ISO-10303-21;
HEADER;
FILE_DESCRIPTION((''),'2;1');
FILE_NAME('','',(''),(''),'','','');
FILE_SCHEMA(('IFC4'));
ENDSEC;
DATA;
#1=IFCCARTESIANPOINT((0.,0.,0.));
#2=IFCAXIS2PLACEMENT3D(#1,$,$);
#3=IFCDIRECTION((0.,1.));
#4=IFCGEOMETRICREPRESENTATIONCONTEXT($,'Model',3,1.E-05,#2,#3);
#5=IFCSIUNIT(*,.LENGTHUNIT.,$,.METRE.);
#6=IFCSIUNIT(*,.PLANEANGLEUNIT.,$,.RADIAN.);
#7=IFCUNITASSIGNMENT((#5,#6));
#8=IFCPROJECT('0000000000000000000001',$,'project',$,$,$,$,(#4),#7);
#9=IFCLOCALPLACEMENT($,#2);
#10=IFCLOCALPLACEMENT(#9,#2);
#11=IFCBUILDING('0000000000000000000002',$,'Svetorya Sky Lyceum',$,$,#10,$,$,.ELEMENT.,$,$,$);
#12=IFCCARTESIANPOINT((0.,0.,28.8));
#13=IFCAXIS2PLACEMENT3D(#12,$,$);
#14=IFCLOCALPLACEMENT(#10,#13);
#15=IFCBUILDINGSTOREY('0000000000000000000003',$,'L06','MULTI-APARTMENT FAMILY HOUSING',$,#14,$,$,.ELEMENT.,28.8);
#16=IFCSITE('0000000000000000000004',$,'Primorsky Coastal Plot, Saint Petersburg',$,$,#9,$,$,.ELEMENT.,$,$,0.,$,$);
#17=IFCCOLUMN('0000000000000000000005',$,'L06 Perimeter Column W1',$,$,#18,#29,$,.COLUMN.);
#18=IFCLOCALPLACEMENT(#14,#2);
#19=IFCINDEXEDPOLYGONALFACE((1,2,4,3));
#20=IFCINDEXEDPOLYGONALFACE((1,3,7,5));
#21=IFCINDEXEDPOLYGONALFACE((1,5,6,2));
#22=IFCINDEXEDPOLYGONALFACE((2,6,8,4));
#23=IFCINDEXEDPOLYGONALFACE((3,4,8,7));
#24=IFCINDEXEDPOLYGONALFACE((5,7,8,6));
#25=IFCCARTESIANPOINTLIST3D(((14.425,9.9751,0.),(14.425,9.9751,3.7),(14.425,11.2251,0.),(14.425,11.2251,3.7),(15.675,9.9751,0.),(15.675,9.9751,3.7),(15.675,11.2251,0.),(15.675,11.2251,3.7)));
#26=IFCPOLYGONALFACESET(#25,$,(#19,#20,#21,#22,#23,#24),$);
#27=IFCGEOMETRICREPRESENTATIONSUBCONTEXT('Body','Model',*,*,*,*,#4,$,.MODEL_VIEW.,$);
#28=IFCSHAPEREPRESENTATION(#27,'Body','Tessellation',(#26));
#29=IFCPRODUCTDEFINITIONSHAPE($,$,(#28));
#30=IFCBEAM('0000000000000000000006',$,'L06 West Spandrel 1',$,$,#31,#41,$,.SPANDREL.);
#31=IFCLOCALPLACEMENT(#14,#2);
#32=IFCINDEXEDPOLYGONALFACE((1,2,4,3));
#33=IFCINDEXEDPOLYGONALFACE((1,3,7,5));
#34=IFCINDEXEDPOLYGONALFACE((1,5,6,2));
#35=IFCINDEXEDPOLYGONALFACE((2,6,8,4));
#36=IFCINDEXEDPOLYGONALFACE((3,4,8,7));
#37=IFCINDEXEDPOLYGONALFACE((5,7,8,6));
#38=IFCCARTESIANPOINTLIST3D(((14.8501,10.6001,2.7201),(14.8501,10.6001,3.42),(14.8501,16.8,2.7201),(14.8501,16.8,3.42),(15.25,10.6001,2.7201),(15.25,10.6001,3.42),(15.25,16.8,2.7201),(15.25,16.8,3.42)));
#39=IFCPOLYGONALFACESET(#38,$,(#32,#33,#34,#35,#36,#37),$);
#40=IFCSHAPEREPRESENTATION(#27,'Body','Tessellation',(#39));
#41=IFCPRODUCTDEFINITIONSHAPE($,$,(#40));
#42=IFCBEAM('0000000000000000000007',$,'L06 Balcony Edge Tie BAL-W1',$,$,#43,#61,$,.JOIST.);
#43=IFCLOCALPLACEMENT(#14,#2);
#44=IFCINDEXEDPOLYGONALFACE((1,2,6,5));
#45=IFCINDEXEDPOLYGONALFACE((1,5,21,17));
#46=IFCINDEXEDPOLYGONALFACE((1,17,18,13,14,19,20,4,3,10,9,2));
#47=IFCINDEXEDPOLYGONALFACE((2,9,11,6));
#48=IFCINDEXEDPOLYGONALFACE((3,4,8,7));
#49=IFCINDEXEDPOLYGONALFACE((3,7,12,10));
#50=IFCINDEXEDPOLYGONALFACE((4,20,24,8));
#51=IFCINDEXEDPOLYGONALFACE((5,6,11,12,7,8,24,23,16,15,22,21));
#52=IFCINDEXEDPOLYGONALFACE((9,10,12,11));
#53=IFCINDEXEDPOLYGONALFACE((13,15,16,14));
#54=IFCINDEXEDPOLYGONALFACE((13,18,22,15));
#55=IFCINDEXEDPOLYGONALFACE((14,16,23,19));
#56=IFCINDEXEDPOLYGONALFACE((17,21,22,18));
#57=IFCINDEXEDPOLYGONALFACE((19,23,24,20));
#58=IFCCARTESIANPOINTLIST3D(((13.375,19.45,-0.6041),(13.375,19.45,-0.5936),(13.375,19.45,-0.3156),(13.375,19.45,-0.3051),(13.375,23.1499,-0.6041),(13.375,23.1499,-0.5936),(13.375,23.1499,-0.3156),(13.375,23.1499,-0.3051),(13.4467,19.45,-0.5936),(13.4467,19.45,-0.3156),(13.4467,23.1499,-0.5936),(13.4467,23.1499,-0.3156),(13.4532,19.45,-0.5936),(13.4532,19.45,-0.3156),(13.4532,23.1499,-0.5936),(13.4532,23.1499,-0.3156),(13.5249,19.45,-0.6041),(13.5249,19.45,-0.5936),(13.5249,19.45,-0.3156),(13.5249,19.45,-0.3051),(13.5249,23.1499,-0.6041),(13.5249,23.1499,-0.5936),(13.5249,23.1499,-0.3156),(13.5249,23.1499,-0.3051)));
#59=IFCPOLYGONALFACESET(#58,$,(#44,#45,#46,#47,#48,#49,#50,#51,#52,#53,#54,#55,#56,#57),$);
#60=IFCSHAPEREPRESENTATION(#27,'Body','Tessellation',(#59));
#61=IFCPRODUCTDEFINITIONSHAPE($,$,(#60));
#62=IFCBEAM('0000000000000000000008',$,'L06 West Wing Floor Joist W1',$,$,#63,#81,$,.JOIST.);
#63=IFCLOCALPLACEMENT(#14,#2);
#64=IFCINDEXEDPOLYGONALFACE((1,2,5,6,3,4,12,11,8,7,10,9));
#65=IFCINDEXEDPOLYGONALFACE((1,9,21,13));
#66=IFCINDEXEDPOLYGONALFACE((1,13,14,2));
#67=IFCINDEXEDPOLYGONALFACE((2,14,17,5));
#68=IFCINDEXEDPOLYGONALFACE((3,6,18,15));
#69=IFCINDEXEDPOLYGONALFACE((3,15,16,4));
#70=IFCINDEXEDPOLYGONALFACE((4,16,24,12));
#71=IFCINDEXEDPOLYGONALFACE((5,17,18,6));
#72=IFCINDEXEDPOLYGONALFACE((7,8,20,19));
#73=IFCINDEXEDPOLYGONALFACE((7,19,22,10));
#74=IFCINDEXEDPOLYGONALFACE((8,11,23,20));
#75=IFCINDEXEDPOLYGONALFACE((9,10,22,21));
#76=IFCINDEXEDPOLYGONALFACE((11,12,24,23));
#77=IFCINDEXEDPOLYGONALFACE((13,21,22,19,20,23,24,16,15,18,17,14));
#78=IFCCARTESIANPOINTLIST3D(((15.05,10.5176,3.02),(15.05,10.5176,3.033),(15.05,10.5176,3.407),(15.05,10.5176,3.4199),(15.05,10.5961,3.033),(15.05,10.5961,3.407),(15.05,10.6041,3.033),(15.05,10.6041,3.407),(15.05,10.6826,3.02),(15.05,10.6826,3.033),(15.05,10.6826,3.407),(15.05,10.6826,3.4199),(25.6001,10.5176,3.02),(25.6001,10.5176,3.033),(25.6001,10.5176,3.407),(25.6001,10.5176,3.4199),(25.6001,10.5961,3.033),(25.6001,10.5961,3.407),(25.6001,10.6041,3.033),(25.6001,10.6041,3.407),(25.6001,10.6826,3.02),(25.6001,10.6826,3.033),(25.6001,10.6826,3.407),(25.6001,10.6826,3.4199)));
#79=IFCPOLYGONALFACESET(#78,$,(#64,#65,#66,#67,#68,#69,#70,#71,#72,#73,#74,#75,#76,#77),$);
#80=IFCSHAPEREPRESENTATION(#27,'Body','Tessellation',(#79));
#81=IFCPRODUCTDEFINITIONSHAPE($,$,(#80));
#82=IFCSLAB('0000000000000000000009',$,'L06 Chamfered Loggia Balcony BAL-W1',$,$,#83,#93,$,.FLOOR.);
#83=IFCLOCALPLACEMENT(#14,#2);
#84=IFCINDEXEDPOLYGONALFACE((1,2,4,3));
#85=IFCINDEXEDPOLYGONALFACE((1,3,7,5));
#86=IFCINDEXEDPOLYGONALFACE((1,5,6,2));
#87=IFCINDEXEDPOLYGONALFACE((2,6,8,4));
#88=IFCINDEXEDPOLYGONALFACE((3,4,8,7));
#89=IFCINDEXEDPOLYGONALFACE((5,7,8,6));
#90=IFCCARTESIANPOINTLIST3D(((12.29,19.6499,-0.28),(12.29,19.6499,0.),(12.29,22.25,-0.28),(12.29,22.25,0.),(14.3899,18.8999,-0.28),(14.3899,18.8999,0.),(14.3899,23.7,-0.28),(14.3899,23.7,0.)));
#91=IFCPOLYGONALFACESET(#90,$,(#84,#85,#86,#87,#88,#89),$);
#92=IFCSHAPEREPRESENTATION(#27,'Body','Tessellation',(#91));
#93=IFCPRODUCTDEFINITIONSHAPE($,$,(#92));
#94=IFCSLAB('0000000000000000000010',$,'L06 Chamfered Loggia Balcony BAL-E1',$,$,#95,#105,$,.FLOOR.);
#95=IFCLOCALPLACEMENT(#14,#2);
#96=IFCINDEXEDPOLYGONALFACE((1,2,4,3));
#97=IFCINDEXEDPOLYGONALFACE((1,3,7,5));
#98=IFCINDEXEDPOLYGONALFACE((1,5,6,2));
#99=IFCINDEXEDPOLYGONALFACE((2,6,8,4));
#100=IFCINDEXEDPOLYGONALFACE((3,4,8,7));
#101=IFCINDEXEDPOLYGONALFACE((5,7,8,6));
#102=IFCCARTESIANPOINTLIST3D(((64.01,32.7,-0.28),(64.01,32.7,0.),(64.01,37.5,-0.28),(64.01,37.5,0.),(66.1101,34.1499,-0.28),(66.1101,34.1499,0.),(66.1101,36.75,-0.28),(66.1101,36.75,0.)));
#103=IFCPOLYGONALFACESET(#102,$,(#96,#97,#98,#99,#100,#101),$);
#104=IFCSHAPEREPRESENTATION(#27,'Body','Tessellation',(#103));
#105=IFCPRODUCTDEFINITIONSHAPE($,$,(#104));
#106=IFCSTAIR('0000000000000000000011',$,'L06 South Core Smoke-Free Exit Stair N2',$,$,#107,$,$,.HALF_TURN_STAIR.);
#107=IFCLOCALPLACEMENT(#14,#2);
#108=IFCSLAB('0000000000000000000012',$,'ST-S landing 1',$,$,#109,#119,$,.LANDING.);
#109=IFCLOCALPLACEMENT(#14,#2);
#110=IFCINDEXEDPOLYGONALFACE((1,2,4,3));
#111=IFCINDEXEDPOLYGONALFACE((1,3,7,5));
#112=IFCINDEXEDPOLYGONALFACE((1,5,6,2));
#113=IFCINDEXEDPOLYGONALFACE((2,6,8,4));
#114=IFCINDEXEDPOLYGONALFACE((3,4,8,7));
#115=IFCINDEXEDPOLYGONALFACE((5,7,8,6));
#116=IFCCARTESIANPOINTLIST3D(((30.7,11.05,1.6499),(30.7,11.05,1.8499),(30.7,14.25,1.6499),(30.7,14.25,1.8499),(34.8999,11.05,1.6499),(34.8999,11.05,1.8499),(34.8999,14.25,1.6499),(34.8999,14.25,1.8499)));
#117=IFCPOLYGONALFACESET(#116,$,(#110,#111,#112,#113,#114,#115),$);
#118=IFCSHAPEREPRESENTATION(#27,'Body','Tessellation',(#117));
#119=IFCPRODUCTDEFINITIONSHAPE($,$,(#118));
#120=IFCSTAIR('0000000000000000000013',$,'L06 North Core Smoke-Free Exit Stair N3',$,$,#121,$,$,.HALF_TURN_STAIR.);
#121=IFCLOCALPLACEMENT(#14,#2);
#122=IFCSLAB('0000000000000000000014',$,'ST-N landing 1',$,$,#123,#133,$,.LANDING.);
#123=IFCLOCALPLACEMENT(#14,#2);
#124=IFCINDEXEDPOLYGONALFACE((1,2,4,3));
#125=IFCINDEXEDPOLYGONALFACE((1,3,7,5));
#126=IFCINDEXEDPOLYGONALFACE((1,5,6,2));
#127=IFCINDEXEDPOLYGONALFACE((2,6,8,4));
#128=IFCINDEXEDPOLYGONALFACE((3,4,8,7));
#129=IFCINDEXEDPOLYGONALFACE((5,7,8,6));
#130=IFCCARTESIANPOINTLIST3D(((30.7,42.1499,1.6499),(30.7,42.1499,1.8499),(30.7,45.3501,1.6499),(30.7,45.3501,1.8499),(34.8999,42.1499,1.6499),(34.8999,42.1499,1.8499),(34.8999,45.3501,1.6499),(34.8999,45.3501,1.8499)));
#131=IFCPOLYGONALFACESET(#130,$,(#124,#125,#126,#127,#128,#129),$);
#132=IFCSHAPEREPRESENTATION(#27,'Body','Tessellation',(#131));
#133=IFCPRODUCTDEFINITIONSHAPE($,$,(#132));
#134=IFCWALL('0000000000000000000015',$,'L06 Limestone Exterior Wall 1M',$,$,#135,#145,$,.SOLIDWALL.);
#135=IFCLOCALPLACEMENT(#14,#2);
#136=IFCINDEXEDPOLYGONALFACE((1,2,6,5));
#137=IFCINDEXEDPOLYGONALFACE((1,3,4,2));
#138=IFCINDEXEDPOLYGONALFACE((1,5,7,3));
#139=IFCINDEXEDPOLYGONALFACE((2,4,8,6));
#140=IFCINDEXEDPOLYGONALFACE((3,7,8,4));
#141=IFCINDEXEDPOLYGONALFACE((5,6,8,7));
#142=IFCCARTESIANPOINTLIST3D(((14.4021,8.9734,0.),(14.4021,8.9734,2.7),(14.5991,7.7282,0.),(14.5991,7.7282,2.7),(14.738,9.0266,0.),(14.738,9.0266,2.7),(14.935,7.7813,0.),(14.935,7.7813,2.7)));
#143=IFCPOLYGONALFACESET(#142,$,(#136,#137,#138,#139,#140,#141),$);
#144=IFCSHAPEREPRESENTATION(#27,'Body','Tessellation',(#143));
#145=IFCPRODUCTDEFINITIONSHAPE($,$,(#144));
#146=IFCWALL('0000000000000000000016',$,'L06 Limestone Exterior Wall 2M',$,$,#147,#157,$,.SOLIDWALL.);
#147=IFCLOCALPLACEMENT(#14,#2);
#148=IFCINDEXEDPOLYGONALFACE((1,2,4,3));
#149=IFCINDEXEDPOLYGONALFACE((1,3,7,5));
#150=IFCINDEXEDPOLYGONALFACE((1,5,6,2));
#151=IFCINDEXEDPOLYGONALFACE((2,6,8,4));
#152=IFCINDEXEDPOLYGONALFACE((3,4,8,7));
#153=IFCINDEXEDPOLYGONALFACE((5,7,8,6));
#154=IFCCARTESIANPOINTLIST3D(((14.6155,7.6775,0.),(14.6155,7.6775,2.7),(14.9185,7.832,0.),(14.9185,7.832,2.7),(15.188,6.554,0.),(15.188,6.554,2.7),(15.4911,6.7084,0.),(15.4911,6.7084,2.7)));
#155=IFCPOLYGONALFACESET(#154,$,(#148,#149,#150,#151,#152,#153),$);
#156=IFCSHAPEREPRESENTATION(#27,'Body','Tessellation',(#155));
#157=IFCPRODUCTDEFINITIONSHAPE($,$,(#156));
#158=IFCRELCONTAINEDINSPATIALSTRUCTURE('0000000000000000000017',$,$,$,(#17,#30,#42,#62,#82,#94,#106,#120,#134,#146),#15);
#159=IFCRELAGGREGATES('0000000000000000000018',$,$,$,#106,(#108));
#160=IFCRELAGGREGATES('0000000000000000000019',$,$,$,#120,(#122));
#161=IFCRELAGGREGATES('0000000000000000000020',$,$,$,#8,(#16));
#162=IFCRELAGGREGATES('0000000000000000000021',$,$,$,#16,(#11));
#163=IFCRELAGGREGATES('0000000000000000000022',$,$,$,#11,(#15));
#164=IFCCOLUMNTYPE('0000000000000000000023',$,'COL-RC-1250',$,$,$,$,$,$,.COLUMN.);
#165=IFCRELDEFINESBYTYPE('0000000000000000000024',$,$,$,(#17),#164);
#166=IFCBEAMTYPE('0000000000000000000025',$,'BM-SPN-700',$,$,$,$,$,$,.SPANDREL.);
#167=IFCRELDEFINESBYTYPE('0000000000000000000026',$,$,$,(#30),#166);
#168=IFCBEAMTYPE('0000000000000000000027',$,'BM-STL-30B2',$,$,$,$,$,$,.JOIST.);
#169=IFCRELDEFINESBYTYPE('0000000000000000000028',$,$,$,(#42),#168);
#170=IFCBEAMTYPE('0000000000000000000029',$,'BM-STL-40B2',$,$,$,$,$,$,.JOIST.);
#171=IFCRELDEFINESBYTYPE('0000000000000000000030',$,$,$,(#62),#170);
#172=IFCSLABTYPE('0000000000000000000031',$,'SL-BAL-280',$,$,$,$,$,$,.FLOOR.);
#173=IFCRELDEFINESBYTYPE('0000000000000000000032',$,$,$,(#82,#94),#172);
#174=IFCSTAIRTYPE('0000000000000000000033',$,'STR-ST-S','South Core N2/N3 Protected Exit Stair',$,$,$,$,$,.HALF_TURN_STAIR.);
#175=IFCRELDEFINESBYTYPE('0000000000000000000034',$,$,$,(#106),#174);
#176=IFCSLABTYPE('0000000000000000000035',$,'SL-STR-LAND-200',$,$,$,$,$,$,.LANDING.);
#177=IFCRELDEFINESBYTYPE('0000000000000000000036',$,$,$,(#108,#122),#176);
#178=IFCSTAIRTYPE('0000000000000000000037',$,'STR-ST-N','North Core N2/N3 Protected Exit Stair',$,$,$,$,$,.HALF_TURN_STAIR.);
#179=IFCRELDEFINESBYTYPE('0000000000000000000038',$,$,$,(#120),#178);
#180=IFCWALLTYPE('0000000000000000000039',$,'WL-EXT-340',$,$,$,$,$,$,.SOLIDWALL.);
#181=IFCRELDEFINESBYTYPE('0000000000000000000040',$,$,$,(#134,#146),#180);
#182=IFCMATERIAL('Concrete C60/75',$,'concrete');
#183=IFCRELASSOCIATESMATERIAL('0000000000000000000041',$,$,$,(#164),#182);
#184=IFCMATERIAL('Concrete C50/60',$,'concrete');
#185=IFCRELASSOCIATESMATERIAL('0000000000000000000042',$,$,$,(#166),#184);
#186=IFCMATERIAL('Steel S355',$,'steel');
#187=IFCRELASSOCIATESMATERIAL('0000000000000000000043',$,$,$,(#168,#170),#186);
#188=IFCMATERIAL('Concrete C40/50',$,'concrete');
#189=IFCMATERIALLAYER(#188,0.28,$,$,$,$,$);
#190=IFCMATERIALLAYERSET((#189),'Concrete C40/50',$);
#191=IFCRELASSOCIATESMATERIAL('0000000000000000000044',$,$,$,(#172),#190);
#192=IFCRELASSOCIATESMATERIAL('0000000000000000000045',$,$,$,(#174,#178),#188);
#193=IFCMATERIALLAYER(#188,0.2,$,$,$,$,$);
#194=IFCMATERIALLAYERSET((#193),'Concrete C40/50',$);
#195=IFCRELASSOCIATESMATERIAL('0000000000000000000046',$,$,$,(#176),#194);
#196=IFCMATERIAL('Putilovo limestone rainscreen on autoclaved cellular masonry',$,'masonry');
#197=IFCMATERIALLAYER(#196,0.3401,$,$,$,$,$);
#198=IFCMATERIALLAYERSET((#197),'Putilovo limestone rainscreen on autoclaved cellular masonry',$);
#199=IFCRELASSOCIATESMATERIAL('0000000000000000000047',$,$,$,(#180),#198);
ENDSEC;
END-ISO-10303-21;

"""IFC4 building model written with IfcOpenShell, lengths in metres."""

from ifc_helpers import new_model, si_unit, direction, frame, frame_2d, origin, origin_2d, place, context, subcontext, project, spatial, polyline, rectangle, i_section, outline, extrude, material, layer, layer_set, material_profile, profile_set, type_object, element, aggregate, save


model = new_model("IFC4")

# Units and contexts
model_context = context("Model", 3, precision=1e-05, world=origin(), true_north=direction((0.0, 1.0)))
body_context = subcontext(model_context, "Body", "Model", "MODEL_VIEW")
ifc_project = project(units=[si_unit("LENGTHUNIT", "METRE"), si_unit("PLANEANGLEUNIT", "RADIAN")], contexts=[model_context])

# Site, building, storey
site_placement = place(None, origin())
site = spatial("IfcSite", under=ifc_project, at=site_placement, Name="Primorsky Coastal Plot, Saint Petersburg", CompositionType="ELEMENT", RefElevation=0.0)
building_placement = place(site_placement, origin())
building = spatial("IfcBuilding", under=site, at=building_placement, Name="Svetorya Sky Lyceum", CompositionType="ELEMENT")
storey_placement = place(building_placement, frame((0.0, 0.0, 28.8)))
storey = spatial("IfcBuildingStorey", under=building, at=storey_placement, Name="L06", Description="MULTI-APARTMENT FAMILY HOUSING", CompositionType="ELEMENT", Elevation=28.8)

# Column
ifc_material_1 = material(Name="Concrete C60/75", Category="concrete")
ifc_material_profile_1 = material_profile(ifc_material_1, rectangle(XDim=1.25, YDim=1.25, at=origin_2d()), Name="RC COL 1250x1250")
ifc_profile_set_1 = profile_set([ifc_material_profile_1], Name="Concrete C60/75")
column_type = type_object("IfcColumnType", Name="COL-RC-1250", PredefinedType="COLUMN", material=ifc_profile_set_1)
column_placement = place(storey_placement, frame((15.05, 10.6001, 0.0), z_axis=(0.0, 0.0, 1.0), x_axis=(1.0, 0.0, 0.0)))
element("IfcColumn", 1, at=column_placement, inside=storey, type_object=column_type, Name="L06 Perimeter Column W1", PredefinedType="COLUMN", context=body_context, shape_type="SweptSolid", body=[
    extrude(rectangle(XDim=1.25, YDim=1.25, at=origin_2d()), origin(), (0.0, 0.0, 1.0), 3.7),
])

# Beams
ifc_material_2 = material(Name="Concrete C50/60", Category="concrete")
ifc_material_profile_2 = material_profile(ifc_material_2, rectangle(XDim=0.3999, YDim=0.7, at=origin_2d()), Name="RC SPANDREL 400x700")
ifc_profile_set_2 = profile_set([ifc_material_profile_2], Name="Concrete C50/60")
beam_type_1 = type_object("IfcBeamType", Name="BM-SPN-700", PredefinedType="SPANDREL", material=ifc_profile_set_2)
beam_1_placement = place(storey_placement, frame((15.05, 10.6001, 3.0701), z_axis=(0.0, 1.0, 0.0), x_axis=(-1.0, 0.0, 0.0)))
element("IfcBeam", 2, at=beam_1_placement, inside=storey, type_object=beam_type_1, Name="L06 West Spandrel 1", PredefinedType="SPANDREL", context=body_context, shape_type="SweptSolid", body=[
    extrude(rectangle(XDim=0.3999, YDim=0.7, at=origin_2d()), origin(), (0.0, 0.0, 1.0), 6.2),
])
ifc_material_3 = material(Name="Steel S355", Category="steel")
ifc_material_profile_3 = material_profile(ifc_material_3, i_section(OverallWidth=0.1499, OverallDepth=0.2991, WebThickness=0.0066, FlangeThickness=0.0105, at=origin_2d()), Name="GOST 30B2")
ifc_profile_set_3 = profile_set([ifc_material_profile_3], Name="Steel S355")
beam_type_2 = type_object("IfcBeamType", Name="BM-STL-30B2", PredefinedType="JOIST", material=ifc_profile_set_3)
beam_2_placement = place(storey_placement, frame((13.45, 19.45, -0.4546), z_axis=(0.0, 1.0, 0.0), x_axis=(-1.0, 0.0, 0.0)))
element("IfcBeam", 3, at=beam_2_placement, inside=storey, type_object=beam_type_2, Name="L06 Balcony Edge Tie BAL-W1", PredefinedType="JOIST", context=body_context, shape_type="SweptSolid", body=[
    extrude(i_section(OverallWidth=0.1499, OverallDepth=0.2991, WebThickness=0.0066, FlangeThickness=0.0105, at=origin_2d()), origin(), (0.0, 0.0, 1.0), 3.7),
])
ifc_material_profile_4 = material_profile(ifc_material_3, i_section(OverallWidth=0.165, OverallDepth=0.3999, WebThickness=0.0081, FlangeThickness=0.0129, at=origin_2d()), Name="GOST 40B2")
ifc_profile_set_4 = profile_set([ifc_material_profile_4], Name="Steel S355")
beam_type_3 = type_object("IfcBeamType", Name="BM-STL-40B2", PredefinedType="JOIST", material=ifc_profile_set_4)
beam_3_placement = place(storey_placement, frame((15.05, 10.6001, 3.22), z_axis=(1.0, 0.0, 0.0), x_axis=(0.0, 1.0, 0.0)))
element("IfcBeam", 4, at=beam_3_placement, inside=storey, type_object=beam_type_3, Name="L06 West Wing Floor Joist W1", PredefinedType="JOIST", context=body_context, shape_type="SweptSolid", body=[
    extrude(i_section(OverallWidth=0.165, OverallDepth=0.3999, WebThickness=0.0081, FlangeThickness=0.0129, at=origin_2d()), origin(), (0.0, 0.0, 1.0), 10.55),
])

# Slabs
ifc_material_4 = material(Name="Concrete C40/50", Category="concrete")
ifc_layer_1 = layer(ifc_material_4, 0.28)
ifc_layer_set_1 = layer_set([ifc_layer_1], Name="Concrete C40/50")
slab_type_1 = type_object("IfcSlabType", Name="SL-BAL-280", PredefinedType="FLOOR", material=ifc_layer_set_1)
slab_1_placement = place(storey_placement, frame((0.0, 0.0, -0.28)))
element("IfcSlab", 5, at=slab_1_placement, inside=storey, type_object=slab_type_1, Name="L06 Chamfered Loggia Balcony BAL-W1", PredefinedType="FLOOR", context=body_context, shape_type="SweptSolid", body=[
    extrude(outline(polyline([(14.3899, 18.8999), (14.3899, 23.7), (12.29, 22.25), (12.29, 19.6499), (14.3899, 18.8999)])), origin(), (0.0, 0.0, 1.0), 0.28),
])
slab_2_placement = place(storey_placement, frame((0.0, 0.0, -0.28)))
element("IfcSlab", 6, at=slab_2_placement, inside=storey, type_object=slab_type_1, Name="L06 Chamfered Loggia Balcony BAL-E1", PredefinedType="FLOOR", context=body_context, shape_type="SweptSolid", body=[
    extrude(outline(polyline([(64.01, 32.7), (66.1101, 34.1499), (66.1101, 36.75), (64.01, 37.5), (64.01, 32.7)])), origin(), (0.0, 0.0, 1.0), 0.28),
])

# Stairs, slabs
stair_type_1 = type_object("IfcStairType", Name="STR-ST-S", Description="South Core N2/N3 Protected Exit Stair", PredefinedType="HALF_TURN_STAIR", material=ifc_material_4)
stair_1_placement = place(storey_placement, origin())
stair_1 = element("IfcStair", 7, at=stair_1_placement, inside=storey, type_object=stair_type_1, Name="L06 South Core Smoke-Free Exit Stair N2", PredefinedType="HALF_TURN_STAIR")
ifc_layer_2 = layer(ifc_material_4, 0.2)
ifc_layer_set_2 = layer_set([ifc_layer_2], Name="Concrete C40/50")
slab_type_2 = type_object("IfcSlabType", Name="SL-STR-LAND-200", PredefinedType="LANDING", material=ifc_layer_set_2)
slab_3_placement = place(storey_placement, frame((0.0, 0.0, 1.6499)))
slab_3 = element("IfcSlab", 8, at=slab_3_placement, type_object=slab_type_2, Name="ST-S landing 1", PredefinedType="LANDING", context=body_context, shape_type="SweptSolid", body=[
    extrude(outline(polyline([(30.7, 11.05), (34.8999, 11.05), (34.8999, 14.25), (30.7, 14.25), (30.7, 11.05)])), origin(), (0.0, 0.0, 1.0), 0.2),
])
aggregate(stair_1, [slab_3])
stair_type_2 = type_object("IfcStairType", Name="STR-ST-N", Description="North Core N2/N3 Protected Exit Stair", PredefinedType="HALF_TURN_STAIR", material=ifc_material_4)
stair_2_placement = place(storey_placement, origin())
stair_2 = element("IfcStair", 9, at=stair_2_placement, inside=storey, type_object=stair_type_2, Name="L06 North Core Smoke-Free Exit Stair N3", PredefinedType="HALF_TURN_STAIR")
slab_4_placement = place(storey_placement, frame((0.0, 0.0, 1.6499)))
slab_4 = element("IfcSlab", 10, at=slab_4_placement, type_object=slab_type_2, Name="ST-N landing 1", PredefinedType="LANDING", context=body_context, shape_type="SweptSolid", body=[
    extrude(outline(polyline([(30.7, 42.1499), (34.8999, 42.1499), (34.8999, 45.3501), (30.7, 45.3501), (30.7, 42.1499)])), origin(), (0.0, 0.0, 1.0), 0.2),
])
aggregate(stair_2, [slab_4])

# Walls
ifc_material_5 = material(Name="Putilovo limestone rainscreen on autoclaved cellular masonry", Category="masonry")
ifc_layer_3 = layer(ifc_material_5, 0.3401)
ifc_layer_set_3 = layer_set([ifc_layer_3], Name="Putilovo limestone rainscreen on autoclaved cellular masonry")
wall_type_1 = type_object("IfcWallType", Name="WL-EXT-340", PredefinedType="SOLIDWALL", material=ifc_layer_set_3)
wall_1_placement = place(storey_placement, frame((14.5701, 9.0, 0.0), z_axis=(0.0, 0.0, 1.0), x_axis=(0.156261, -0.987716, 0.0)))
element("IfcWall", 11, at=wall_1_placement, inside=storey, type_object=wall_type_1, Name="L06 Limestone Exterior Wall 1M", PredefinedType="SOLIDWALL", context=body_context, shape_type="SweptSolid", body=[
    extrude(rectangle(XDim=1.2607, YDim=0.3401, at=frame_2d((0.6304, 0.0))), origin(), (0.0, 0.0, 1.0), 2.7),
])
wall_2_placement = place(storey_placement, frame((14.7671, 7.7546, 0.0), z_axis=(0.0, 0.0, 1.0), x_axis=(0.454016, -0.890994, 0.0)))
element("IfcWall", 12, at=wall_2_placement, inside=storey, type_object=wall_type_1, Name="L06 Limestone Exterior Wall 2M", PredefinedType="SOLIDWALL", context=body_context, shape_type="SweptSolid", body=[
    extrude(rectangle(XDim=1.261, YDim=0.3401, at=frame_2d((0.6304, 0.0))), origin(), (0.0, 0.0, 1.0), 2.7),
])

save(model, "model.ifc")
